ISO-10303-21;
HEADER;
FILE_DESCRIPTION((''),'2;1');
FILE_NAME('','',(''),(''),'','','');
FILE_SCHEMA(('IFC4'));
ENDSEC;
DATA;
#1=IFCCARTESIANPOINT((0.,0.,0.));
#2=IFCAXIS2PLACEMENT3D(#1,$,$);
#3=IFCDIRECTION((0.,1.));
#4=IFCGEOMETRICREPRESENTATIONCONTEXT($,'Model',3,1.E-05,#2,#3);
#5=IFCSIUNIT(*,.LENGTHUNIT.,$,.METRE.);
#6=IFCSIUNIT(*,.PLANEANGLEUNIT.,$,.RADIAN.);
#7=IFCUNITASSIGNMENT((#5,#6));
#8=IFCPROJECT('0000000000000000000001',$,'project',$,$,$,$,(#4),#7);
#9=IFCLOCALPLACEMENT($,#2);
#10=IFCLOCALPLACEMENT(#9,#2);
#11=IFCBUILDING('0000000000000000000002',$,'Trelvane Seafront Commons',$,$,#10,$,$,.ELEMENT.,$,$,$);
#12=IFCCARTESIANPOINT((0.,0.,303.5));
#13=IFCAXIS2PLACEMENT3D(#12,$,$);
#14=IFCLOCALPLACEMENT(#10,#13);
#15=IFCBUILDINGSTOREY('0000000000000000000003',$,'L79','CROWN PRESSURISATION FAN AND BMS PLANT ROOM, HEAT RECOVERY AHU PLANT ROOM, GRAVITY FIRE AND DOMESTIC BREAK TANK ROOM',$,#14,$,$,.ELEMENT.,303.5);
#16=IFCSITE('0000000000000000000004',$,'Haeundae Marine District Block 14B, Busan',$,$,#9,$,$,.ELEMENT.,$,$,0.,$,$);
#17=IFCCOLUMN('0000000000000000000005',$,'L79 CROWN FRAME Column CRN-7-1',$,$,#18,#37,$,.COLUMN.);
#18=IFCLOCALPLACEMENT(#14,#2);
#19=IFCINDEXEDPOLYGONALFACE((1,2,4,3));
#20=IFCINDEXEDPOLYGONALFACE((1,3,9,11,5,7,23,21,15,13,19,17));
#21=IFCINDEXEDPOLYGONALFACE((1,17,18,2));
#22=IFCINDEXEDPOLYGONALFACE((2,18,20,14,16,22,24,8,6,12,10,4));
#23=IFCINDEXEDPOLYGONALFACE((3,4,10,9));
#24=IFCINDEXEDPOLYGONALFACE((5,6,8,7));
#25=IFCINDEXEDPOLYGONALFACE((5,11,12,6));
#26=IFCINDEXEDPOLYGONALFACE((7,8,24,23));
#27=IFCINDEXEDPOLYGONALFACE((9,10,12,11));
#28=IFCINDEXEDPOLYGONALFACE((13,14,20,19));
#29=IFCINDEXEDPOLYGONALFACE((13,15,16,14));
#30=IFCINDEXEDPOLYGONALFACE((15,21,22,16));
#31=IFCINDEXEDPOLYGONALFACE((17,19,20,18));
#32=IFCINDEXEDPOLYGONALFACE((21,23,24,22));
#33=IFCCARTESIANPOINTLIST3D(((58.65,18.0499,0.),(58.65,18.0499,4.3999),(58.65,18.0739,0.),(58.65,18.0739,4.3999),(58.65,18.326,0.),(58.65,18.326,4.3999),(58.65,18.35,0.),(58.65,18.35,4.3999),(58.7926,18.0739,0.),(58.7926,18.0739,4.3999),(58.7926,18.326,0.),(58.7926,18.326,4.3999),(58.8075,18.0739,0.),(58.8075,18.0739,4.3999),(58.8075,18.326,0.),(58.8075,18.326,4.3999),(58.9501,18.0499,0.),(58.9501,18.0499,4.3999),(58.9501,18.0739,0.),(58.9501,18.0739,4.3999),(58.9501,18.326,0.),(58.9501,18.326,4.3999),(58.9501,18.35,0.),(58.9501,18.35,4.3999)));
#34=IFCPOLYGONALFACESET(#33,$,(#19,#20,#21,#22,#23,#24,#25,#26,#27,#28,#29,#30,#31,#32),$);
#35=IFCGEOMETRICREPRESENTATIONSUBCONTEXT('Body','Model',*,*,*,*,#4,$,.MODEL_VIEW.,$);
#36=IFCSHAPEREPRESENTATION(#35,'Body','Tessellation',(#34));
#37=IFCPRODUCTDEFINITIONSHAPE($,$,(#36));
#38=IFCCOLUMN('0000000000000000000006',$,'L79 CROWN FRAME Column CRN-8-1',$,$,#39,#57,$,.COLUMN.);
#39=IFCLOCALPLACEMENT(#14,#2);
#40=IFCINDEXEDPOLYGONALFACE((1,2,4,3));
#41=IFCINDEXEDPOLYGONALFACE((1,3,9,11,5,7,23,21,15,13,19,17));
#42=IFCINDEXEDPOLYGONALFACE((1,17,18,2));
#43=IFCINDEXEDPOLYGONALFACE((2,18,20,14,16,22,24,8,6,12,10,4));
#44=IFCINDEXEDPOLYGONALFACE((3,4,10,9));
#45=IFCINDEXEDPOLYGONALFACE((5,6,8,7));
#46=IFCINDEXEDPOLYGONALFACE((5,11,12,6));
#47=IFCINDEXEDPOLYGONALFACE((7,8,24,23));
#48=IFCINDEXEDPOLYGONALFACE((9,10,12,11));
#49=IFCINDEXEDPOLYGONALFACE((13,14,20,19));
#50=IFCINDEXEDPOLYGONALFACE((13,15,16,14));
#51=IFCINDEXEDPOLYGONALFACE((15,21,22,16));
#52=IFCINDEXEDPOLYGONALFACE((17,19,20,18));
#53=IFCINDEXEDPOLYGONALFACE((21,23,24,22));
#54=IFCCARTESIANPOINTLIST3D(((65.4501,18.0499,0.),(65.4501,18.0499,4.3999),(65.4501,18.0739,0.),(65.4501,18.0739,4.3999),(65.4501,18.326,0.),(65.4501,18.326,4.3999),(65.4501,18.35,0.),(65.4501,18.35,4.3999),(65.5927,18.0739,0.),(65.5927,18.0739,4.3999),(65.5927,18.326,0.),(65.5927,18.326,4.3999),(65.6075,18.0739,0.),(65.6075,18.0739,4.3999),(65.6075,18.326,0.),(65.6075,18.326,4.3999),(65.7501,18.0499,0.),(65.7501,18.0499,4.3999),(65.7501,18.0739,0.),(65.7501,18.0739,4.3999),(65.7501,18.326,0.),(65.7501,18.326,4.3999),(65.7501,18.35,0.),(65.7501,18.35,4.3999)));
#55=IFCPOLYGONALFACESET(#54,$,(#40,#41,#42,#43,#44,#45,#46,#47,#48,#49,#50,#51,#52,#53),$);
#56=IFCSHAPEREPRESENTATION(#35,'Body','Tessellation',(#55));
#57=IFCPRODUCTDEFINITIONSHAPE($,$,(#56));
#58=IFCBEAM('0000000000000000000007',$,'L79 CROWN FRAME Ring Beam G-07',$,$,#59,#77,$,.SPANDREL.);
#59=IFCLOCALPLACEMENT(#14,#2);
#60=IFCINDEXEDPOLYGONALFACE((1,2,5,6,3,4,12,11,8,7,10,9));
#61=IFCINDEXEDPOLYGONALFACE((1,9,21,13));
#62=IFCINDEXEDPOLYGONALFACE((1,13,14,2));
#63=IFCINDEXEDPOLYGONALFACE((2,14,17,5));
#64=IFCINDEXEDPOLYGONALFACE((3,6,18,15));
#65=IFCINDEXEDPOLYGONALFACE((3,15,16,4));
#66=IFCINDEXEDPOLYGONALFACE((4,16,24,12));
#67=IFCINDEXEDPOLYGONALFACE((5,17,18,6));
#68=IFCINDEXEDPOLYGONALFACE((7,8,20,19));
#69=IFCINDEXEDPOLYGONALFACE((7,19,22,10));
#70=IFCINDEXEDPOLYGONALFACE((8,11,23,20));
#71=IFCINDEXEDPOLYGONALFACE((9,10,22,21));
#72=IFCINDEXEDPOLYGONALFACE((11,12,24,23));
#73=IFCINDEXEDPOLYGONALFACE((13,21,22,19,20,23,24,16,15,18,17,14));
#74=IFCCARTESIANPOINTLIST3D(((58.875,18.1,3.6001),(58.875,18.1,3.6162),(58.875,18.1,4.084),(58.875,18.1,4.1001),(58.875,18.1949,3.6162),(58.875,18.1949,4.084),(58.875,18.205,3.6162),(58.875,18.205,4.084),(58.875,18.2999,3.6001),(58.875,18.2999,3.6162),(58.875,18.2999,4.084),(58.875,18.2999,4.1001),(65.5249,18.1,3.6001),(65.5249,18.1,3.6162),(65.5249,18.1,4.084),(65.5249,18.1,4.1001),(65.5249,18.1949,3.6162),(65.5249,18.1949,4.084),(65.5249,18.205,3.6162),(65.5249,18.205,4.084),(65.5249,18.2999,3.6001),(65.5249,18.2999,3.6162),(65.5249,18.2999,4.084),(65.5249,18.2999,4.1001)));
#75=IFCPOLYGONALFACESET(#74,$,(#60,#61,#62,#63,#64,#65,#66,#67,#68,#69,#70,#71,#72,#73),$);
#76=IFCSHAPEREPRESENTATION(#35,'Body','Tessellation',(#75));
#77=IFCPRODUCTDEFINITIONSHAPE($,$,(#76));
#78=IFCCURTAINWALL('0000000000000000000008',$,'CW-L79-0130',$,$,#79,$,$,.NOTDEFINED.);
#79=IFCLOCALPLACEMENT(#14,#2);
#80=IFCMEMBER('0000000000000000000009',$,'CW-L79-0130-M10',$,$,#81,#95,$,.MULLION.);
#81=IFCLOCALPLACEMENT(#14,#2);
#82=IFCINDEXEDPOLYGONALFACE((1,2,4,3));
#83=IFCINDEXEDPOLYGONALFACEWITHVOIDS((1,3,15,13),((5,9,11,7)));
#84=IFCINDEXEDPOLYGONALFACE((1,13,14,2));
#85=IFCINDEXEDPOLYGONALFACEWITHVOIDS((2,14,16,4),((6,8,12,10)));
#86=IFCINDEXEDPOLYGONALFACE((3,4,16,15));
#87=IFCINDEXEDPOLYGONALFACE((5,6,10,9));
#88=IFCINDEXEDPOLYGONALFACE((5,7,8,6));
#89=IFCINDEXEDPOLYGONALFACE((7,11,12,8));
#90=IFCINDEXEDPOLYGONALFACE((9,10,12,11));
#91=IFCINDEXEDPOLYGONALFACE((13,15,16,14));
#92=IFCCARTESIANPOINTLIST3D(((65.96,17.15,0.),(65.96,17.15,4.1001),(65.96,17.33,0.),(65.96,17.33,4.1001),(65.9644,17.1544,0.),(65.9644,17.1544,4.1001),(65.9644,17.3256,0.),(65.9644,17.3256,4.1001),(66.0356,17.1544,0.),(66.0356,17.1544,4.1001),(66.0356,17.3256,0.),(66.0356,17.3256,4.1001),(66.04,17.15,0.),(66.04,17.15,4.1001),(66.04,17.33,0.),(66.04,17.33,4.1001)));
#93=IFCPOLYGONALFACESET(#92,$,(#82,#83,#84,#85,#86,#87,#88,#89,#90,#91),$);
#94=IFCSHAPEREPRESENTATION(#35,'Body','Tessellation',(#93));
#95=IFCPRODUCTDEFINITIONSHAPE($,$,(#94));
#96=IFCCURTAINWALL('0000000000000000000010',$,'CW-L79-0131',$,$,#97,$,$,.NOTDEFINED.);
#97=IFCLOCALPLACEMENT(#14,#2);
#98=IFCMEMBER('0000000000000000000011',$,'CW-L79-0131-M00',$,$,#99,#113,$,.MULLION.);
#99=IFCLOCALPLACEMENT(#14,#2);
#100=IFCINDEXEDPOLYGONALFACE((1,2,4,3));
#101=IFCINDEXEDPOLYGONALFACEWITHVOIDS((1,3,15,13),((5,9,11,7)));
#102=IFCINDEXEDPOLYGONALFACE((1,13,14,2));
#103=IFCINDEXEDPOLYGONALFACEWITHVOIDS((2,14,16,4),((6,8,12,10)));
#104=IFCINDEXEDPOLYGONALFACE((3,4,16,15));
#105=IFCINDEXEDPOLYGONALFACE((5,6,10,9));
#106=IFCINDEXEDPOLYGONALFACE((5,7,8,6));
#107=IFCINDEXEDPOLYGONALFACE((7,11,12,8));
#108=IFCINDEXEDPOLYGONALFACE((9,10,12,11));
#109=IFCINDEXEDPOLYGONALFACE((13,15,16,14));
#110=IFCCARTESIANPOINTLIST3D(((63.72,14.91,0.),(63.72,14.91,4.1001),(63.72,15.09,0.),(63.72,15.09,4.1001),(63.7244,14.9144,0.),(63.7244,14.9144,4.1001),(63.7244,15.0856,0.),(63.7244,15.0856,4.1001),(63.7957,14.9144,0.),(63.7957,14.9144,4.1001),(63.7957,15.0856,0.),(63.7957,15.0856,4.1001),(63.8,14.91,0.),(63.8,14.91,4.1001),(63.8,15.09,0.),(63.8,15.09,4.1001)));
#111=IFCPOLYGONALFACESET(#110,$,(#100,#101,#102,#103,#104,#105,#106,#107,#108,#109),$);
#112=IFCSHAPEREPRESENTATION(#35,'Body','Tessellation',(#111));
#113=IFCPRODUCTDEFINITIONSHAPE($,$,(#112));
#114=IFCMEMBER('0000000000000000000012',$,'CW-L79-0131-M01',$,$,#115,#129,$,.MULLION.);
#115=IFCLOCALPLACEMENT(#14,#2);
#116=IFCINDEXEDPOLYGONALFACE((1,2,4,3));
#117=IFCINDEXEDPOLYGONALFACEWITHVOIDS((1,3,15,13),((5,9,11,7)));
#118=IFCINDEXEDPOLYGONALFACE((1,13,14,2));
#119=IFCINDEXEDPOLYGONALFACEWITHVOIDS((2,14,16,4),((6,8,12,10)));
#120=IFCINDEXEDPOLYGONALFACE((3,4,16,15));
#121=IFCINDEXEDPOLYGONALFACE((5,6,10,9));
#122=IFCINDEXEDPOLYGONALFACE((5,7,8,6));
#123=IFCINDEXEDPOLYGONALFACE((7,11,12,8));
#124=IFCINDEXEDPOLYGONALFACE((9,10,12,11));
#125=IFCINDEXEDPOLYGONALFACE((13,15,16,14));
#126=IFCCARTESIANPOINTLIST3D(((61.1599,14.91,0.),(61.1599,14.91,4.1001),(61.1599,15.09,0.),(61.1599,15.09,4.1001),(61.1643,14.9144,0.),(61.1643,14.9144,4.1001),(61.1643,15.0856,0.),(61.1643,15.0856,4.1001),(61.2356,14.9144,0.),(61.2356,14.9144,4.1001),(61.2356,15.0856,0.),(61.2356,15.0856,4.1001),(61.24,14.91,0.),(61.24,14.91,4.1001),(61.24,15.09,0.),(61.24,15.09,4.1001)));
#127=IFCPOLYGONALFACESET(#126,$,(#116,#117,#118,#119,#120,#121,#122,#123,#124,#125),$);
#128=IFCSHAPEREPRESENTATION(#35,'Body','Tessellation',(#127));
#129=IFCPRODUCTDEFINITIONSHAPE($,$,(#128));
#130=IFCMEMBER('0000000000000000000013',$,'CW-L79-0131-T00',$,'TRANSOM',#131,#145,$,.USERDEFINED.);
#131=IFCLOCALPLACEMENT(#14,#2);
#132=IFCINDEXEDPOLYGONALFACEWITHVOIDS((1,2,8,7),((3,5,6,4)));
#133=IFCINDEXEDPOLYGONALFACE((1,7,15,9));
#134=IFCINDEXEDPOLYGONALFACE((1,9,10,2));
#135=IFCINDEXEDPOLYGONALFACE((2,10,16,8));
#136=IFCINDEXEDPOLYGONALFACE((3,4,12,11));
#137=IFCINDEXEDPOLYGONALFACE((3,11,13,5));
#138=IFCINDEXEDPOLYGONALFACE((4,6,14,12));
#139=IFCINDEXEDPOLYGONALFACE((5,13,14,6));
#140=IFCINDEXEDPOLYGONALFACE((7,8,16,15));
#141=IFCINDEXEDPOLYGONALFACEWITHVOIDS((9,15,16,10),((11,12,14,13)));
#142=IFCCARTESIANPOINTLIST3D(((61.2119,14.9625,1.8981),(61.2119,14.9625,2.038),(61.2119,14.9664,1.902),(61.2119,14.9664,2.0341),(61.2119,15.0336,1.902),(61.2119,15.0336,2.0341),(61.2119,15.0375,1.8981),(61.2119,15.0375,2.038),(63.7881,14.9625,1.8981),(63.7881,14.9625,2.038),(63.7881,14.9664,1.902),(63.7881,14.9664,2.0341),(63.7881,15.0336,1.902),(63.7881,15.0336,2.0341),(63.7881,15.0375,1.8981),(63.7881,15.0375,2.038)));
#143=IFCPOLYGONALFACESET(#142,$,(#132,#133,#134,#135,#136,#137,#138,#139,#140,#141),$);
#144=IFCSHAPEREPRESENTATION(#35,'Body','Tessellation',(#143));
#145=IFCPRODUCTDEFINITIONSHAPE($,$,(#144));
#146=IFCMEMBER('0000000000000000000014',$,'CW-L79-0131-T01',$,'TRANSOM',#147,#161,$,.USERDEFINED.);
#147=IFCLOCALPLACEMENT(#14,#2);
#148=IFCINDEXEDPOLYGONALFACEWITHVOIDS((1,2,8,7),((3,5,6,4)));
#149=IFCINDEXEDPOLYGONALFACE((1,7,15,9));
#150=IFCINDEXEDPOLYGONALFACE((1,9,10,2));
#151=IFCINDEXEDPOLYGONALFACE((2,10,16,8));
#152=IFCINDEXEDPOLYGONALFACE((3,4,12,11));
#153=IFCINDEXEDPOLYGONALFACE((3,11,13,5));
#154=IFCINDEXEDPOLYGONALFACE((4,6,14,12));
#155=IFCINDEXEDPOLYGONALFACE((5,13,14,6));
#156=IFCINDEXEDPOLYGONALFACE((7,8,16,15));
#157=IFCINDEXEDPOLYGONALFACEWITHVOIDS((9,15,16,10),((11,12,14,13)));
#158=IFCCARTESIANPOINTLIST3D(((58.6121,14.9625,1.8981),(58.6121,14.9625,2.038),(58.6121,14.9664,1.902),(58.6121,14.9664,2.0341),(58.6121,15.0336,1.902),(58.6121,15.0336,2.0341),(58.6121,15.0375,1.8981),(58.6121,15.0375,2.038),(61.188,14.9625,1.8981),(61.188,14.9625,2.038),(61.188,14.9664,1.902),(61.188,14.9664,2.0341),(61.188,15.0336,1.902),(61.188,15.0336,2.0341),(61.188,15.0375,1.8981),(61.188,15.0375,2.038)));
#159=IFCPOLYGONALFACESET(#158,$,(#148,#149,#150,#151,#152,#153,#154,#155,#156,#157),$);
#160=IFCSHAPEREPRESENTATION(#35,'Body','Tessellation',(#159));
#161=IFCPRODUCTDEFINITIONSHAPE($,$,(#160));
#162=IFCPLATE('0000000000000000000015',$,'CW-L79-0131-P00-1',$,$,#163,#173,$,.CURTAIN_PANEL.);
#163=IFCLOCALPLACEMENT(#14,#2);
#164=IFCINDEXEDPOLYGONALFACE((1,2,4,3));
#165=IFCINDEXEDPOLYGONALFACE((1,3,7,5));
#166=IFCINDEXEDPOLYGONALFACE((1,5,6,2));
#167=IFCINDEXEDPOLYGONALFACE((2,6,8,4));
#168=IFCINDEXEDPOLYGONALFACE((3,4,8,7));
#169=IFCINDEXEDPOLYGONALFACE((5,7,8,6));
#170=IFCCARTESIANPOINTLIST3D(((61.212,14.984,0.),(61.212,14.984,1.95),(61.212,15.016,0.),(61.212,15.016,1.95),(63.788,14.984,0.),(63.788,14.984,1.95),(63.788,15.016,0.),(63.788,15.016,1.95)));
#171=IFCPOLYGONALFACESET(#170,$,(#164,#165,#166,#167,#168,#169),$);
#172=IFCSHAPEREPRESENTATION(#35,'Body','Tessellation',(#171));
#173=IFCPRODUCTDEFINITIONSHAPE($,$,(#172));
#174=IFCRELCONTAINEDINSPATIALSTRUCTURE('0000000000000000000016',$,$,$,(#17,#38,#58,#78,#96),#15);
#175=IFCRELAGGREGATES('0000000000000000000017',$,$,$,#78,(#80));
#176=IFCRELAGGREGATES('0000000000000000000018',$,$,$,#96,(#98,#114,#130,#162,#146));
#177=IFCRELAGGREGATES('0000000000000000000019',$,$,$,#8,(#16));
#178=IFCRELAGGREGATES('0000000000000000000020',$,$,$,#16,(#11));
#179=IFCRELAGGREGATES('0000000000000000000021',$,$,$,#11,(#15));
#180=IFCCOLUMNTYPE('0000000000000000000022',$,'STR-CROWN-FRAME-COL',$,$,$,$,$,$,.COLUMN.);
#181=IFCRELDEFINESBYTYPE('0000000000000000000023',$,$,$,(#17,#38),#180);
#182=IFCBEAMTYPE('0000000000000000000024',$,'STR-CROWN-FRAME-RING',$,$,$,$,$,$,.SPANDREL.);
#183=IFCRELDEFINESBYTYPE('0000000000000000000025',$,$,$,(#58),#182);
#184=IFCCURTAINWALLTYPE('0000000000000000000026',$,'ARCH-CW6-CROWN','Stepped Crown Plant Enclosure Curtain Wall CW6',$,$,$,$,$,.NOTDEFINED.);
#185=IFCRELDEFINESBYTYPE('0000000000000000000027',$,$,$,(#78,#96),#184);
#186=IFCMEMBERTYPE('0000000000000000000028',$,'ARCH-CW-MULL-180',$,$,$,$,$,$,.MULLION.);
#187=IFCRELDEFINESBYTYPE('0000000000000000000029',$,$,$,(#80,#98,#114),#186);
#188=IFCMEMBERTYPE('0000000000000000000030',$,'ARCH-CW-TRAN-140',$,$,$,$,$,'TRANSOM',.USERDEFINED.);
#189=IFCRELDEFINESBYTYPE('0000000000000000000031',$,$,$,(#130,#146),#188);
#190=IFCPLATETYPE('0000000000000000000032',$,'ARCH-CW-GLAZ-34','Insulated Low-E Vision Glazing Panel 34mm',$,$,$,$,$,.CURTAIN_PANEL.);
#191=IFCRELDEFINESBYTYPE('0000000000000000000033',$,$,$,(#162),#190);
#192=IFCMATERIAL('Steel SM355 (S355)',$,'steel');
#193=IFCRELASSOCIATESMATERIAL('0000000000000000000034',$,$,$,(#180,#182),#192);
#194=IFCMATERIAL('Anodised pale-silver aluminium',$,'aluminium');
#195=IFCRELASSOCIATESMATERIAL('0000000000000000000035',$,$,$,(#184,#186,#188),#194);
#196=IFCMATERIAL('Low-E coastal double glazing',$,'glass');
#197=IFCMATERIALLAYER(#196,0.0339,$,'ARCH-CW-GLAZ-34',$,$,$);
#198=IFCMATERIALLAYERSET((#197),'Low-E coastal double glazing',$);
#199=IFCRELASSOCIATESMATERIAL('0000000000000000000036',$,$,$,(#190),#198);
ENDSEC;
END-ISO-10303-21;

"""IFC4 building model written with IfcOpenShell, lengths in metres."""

from ifc_helpers import new_model, si_unit, direction, frame, origin, origin_2d, place, context, subcontext, project, spatial, rectangle, hollow_rectangle, i_section, extrude, source, transform, mapped, material, layer, layer_set, material_profile, profile_set, type_object, element, aggregate, save


model = new_model("IFC4")

# Units and contexts
model_context = context("Model", 3, precision=1e-05, world=origin(), true_north=direction((0.0, 1.0)))
body_context = subcontext(model_context, "Body", "Model", "MODEL_VIEW")
ifc_project = project(units=[si_unit("LENGTHUNIT", "METRE"), si_unit("PLANEANGLEUNIT", "RADIAN")], contexts=[model_context])

# Site, building, storey
site_placement = place(None, origin())
site = spatial("IfcSite", under=ifc_project, at=site_placement, Name="Haeundae Marine District Block 14B, Busan", CompositionType="ELEMENT", RefElevation=0.0)
building_placement = place(site_placement, origin())
building = spatial("IfcBuilding", under=site, at=building_placement, Name="Trelvane Seafront Commons", CompositionType="ELEMENT")
storey_placement = place(building_placement, frame((0.0, 0.0, 303.5)))
storey = spatial("IfcBuildingStorey", under=building, at=storey_placement, Name="L79", Description="CROWN PRESSURISATION FAN AND BMS PLANT ROOM, HEAT RECOVERY AHU PLANT ROOM, GRAVITY FIRE AND DOMESTIC BREAK TANK ROOM", CompositionType="ELEMENT", Elevation=303.5)

# Columns
ifc_material_1 = material(Name="Steel SM355 (S355)", Category="steel")
ifc_material_profile_1 = material_profile(ifc_material_1, i_section(OverallWidth=0.3, OverallDepth=0.3, WebThickness=0.0149, FlangeThickness=0.0239, at=origin_2d()), Name="HD-300x300x15x24")
ifc_profile_set_1 = profile_set([ifc_material_profile_1], Name="Steel SM355 (S355)")
column_type = type_object("IfcColumnType", Name="STR-CROWN-FRAME-COL", PredefinedType="COLUMN", material=ifc_profile_set_1)
shared_shape_1 = source(origin(), body_context, "Body", "SweptSolid", [
    extrude(i_section(OverallWidth=0.3, OverallDepth=0.3, WebThickness=0.0149, FlangeThickness=0.0239, at=origin_2d()), origin(), (0.0, 0.0, 1.0), 4.3999),
])
for number, where, z_axis, x_axis, name in (
    (1, (58.8, 18.2, 0.0), (0.0, 0.0, 1.0), (1.0, 0.0, 0.0), "L79 CROWN FRAME Column CRN-7-1"),
    (2, (65.6001, 18.2, 0.0), (0.0, 0.0, 1.0), (1.0, 0.0, 0.0), "L79 CROWN FRAME Column CRN-8-1"),
):
    element("IfcColumn", number, at=place(storey_placement, frame(where, z_axis=z_axis, x_axis=x_axis)), inside=storey, type_object=column_type, Name=name, PredefinedType="COLUMN", context=body_context, shape_type="MappedRepresentation", body=[
        mapped(shared_shape_1, transform((0.0, 0.0, 0.0), x_axis=(1.0, 0.0, 0.0), y_axis=(0.0, 1.0, 0.0), z_axis=(0.0, 0.0, 1.0), scale=1.0)),
    ])

# Beam
ifc_material_profile_2 = material_profile(ifc_material_1, i_section(OverallWidth=0.2, OverallDepth=0.5, WebThickness=0.01, FlangeThickness=0.0161, at=origin_2d()), Name="H-500x200x10x16")
ifc_profile_set_2 = profile_set([ifc_material_profile_2], Name="Steel SM355 (S355)")
beam_type = type_object("IfcBeamType", Name="STR-CROWN-FRAME-RING", PredefinedType="SPANDREL", material=ifc_profile_set_2)
shared_shape_2 = source(origin(), body_context, "Body", "SweptSolid", [
    extrude(i_section(OverallWidth=0.2, OverallDepth=0.5, WebThickness=0.01, FlangeThickness=0.0161, at=origin_2d()), origin(), (0.0, 0.0, 1.0), 6.6499),
])
beam_placement = place(storey_placement, frame((58.875, 18.2, 3.8501), z_axis=(1.0, 0.0, 0.0), x_axis=(0.0, 1.0, 0.0)))
element("IfcBeam", 3, at=beam_placement, inside=storey, type_object=beam_type, Name="L79 CROWN FRAME Ring Beam G-07", PredefinedType="SPANDREL", context=body_context, shape_type="MappedRepresentation", body=[
    mapped(shared_shape_2, transform((0.0, 0.0, 0.0), x_axis=(1.0, 0.0, 0.0), y_axis=(0.0, 1.0, 0.0), z_axis=(0.0, 0.0, 1.0), scale=1.0)),
])

# Curtain wall, member
ifc_material_2 = material(Name="Anodised pale-silver aluminium", Category="aluminium")
curtain_wall_type = type_object("IfcCurtainWallType", Name="ARCH-CW6-CROWN", Description="Stepped Crown Plant Enclosure Curtain Wall CW6", PredefinedType="NOTDEFINED", material=ifc_material_2)
curtain_wall_1_placement = place(storey_placement, origin())
curtain_wall_1 = element("IfcCurtainWall", 4, at=curtain_wall_1_placement, inside=storey, type_object=curtain_wall_type, Name="CW-L79-0130", PredefinedType="NOTDEFINED")
ifc_material_profile_3 = material_profile(ifc_material_2, hollow_rectangle(XDim=0.0801, YDim=0.1799, WallThickness=0.0044, at=origin_2d()), Name="MULL-80x180x4.5")
ifc_profile_set_3 = profile_set([ifc_material_profile_3], Name="Anodised pale-silver aluminium")
member_type_1 = type_object("IfcMemberType", Name="ARCH-CW-MULL-180", PredefinedType="MULLION", material=ifc_profile_set_3)
shared_shape_3 = source(origin(), body_context, "Body", "SweptSolid", [
    extrude(hollow_rectangle(XDim=0.0801, YDim=0.1799, WallThickness=0.0044, at=origin_2d()), origin(), (0.0, 0.0, 1.0), 4.1001),
])
member_1_placement = place(storey_placement, frame((66.0, 17.24, 0.0), z_axis=(0.0, 0.0, 1.0), x_axis=(1.0, 0.0, 0.0)))
member_1 = element("IfcMember", 5, at=member_1_placement, type_object=member_type_1, Name="CW-L79-0130-M10", PredefinedType="MULLION", context=body_context, shape_type="MappedRepresentation", body=[
    mapped(shared_shape_3, transform((0.0, 0.0, 0.0), x_axis=(1.0, 0.0, 0.0), y_axis=(0.0, 1.0, 0.0), z_axis=(0.0, 0.0, 1.0), scale=1.0)),
])
aggregate(curtain_wall_1, [member_1])

# Curtain wall, members, plate
curtain_wall_2_placement = place(storey_placement, origin())
curtain_wall_2 = element("IfcCurtainWall", 6, at=curtain_wall_2_placement, inside=storey, type_object=curtain_wall_type, Name="CW-L79-0131", PredefinedType="NOTDEFINED")
member_2_placement = place(storey_placement, frame((63.76, 15.0, 0.0), z_axis=(0.0, 0.0, 1.0), x_axis=(1.0, 0.0, 0.0)))
member_2 = element("IfcMember", 7, at=member_2_placement, type_object=member_type_1, Name="CW-L79-0131-M00", PredefinedType="MULLION", context=body_context, shape_type="MappedRepresentation", body=[
    mapped(shared_shape_3, transform((0.0, 0.0, 0.0), x_axis=(1.0, 0.0, 0.0), y_axis=(0.0, 1.0, 0.0), z_axis=(0.0, 0.0, 1.0), scale=1.0)),
])
member_3_placement = place(storey_placement, frame((61.2, 15.0, 0.0), z_axis=(0.0, 0.0, 1.0), x_axis=(1.0, 0.0, 0.0)))
member_3 = element("IfcMember", 8, at=member_3_placement, type_object=member_type_1, Name="CW-L79-0131-M01", PredefinedType="MULLION", context=body_context, shape_type="MappedRepresentation", body=[
    mapped(shared_shape_3, transform((0.0, 0.0, 0.0), x_axis=(1.0, 0.0, 0.0), y_axis=(0.0, 1.0, 0.0), z_axis=(0.0, 0.0, 1.0), scale=1.0)),
])
ifc_material_profile_4 = material_profile(ifc_material_2, hollow_rectangle(XDim=0.075, YDim=0.1399, WallThickness=0.0039, at=origin_2d()), Name="TRAN-75x140x4")
ifc_profile_set_4 = profile_set([ifc_material_profile_4], Name="Anodised pale-silver aluminium")
member_type_2 = type_object("IfcMemberType", Name="ARCH-CW-TRAN-140", ElementType="TRANSOM", PredefinedType="USERDEFINED", material=ifc_profile_set_4)
shared_shape_4 = source(origin(), body_context, "Body", "SweptSolid", [
    extrude(hollow_rectangle(XDim=0.075, YDim=0.1399, WallThickness=0.0039, at=origin_2d()), origin(), (0.0, 0.0, 1.0), 2.5762),
])
member_4_placement = place(storey_placement, frame((63.7881, 15.0, 1.968), z_axis=(-1.0, 0.0, 0.0), x_axis=(0.0, -1.0, 0.0)))
member_4 = element("IfcMember", 9, at=member_4_placement, type_object=member_type_2, Name="CW-L79-0131-T00", ObjectType="TRANSOM", PredefinedType="USERDEFINED", context=body_context, shape_type="MappedRepresentation", body=[
    mapped(shared_shape_4, transform((0.0, 0.0, 0.0), x_axis=(1.0, 0.0, 0.0), y_axis=(0.0, 1.0, 0.0), z_axis=(0.0, 0.0, 1.0), scale=1.0)),
])
shared_shape_5 = source(origin(), body_context, "Body", "SweptSolid", [
    extrude(hollow_rectangle(XDim=0.075, YDim=0.1399, WallThickness=0.0039, at=origin_2d()), origin(), (0.0, 0.0, 1.0), 2.5759),
])
member_5_placement = place(storey_placement, frame((61.188, 15.0, 1.968), z_axis=(-1.0, 0.0, 0.0), x_axis=(0.0, -1.0, 0.0)))
member_5 = element("IfcMember", 10, at=member_5_placement, type_object=member_type_2, Name="CW-L79-0131-T01", ObjectType="TRANSOM", PredefinedType="USERDEFINED", context=body_context, shape_type="MappedRepresentation", body=[
    mapped(shared_shape_5, transform((0.0, 0.0, 0.0), x_axis=(1.0, 0.0, 0.0), y_axis=(0.0, 1.0, 0.0), z_axis=(0.0, 0.0, 1.0), scale=1.0)),
])
ifc_material_3 = material(Name="Low-E coastal double glazing", Category="glass")
ifc_layer_1 = layer(ifc_material_3, 0.0339, Name="ARCH-CW-GLAZ-34")
ifc_layer_set_1 = layer_set([ifc_layer_1], Name="Low-E coastal double glazing")
plate_type = type_object("IfcPlateType", Name="ARCH-CW-GLAZ-34", Description="Insulated Low-E Vision Glazing Panel 34mm", PredefinedType="CURTAIN_PANEL", material=ifc_layer_set_1)
shared_shape_6 = source(origin(), body_context, "Body", "SweptSolid", [
    extrude(rectangle(XDim=2.5759, YDim=0.032, at=origin_2d()), origin(), (0.0, 0.0, 1.0), 1.95),
])
plate_1_placement = place(storey_placement, frame((62.5, 15.0, 0.0), z_axis=(0.0, 0.0, 1.0), x_axis=(-1.0, 0.0, 0.0)))
plate_1 = element("IfcPlate", 11, at=plate_1_placement, type_object=plate_type, Name="CW-L79-0131-P00-1", PredefinedType="CURTAIN_PANEL", context=body_context, shape_type="MappedRepresentation", body=[
    mapped(shared_shape_6, transform((0.0, 0.0, 0.0), x_axis=(1.0, 0.0, 0.0), y_axis=(0.0, 1.0, 0.0), z_axis=(0.0, 0.0, 1.0), scale=1.0)),
])
aggregate(curtain_wall_2, [member_2, member_3, member_4, plate_1, member_5])

save(model, "model.ifc")
